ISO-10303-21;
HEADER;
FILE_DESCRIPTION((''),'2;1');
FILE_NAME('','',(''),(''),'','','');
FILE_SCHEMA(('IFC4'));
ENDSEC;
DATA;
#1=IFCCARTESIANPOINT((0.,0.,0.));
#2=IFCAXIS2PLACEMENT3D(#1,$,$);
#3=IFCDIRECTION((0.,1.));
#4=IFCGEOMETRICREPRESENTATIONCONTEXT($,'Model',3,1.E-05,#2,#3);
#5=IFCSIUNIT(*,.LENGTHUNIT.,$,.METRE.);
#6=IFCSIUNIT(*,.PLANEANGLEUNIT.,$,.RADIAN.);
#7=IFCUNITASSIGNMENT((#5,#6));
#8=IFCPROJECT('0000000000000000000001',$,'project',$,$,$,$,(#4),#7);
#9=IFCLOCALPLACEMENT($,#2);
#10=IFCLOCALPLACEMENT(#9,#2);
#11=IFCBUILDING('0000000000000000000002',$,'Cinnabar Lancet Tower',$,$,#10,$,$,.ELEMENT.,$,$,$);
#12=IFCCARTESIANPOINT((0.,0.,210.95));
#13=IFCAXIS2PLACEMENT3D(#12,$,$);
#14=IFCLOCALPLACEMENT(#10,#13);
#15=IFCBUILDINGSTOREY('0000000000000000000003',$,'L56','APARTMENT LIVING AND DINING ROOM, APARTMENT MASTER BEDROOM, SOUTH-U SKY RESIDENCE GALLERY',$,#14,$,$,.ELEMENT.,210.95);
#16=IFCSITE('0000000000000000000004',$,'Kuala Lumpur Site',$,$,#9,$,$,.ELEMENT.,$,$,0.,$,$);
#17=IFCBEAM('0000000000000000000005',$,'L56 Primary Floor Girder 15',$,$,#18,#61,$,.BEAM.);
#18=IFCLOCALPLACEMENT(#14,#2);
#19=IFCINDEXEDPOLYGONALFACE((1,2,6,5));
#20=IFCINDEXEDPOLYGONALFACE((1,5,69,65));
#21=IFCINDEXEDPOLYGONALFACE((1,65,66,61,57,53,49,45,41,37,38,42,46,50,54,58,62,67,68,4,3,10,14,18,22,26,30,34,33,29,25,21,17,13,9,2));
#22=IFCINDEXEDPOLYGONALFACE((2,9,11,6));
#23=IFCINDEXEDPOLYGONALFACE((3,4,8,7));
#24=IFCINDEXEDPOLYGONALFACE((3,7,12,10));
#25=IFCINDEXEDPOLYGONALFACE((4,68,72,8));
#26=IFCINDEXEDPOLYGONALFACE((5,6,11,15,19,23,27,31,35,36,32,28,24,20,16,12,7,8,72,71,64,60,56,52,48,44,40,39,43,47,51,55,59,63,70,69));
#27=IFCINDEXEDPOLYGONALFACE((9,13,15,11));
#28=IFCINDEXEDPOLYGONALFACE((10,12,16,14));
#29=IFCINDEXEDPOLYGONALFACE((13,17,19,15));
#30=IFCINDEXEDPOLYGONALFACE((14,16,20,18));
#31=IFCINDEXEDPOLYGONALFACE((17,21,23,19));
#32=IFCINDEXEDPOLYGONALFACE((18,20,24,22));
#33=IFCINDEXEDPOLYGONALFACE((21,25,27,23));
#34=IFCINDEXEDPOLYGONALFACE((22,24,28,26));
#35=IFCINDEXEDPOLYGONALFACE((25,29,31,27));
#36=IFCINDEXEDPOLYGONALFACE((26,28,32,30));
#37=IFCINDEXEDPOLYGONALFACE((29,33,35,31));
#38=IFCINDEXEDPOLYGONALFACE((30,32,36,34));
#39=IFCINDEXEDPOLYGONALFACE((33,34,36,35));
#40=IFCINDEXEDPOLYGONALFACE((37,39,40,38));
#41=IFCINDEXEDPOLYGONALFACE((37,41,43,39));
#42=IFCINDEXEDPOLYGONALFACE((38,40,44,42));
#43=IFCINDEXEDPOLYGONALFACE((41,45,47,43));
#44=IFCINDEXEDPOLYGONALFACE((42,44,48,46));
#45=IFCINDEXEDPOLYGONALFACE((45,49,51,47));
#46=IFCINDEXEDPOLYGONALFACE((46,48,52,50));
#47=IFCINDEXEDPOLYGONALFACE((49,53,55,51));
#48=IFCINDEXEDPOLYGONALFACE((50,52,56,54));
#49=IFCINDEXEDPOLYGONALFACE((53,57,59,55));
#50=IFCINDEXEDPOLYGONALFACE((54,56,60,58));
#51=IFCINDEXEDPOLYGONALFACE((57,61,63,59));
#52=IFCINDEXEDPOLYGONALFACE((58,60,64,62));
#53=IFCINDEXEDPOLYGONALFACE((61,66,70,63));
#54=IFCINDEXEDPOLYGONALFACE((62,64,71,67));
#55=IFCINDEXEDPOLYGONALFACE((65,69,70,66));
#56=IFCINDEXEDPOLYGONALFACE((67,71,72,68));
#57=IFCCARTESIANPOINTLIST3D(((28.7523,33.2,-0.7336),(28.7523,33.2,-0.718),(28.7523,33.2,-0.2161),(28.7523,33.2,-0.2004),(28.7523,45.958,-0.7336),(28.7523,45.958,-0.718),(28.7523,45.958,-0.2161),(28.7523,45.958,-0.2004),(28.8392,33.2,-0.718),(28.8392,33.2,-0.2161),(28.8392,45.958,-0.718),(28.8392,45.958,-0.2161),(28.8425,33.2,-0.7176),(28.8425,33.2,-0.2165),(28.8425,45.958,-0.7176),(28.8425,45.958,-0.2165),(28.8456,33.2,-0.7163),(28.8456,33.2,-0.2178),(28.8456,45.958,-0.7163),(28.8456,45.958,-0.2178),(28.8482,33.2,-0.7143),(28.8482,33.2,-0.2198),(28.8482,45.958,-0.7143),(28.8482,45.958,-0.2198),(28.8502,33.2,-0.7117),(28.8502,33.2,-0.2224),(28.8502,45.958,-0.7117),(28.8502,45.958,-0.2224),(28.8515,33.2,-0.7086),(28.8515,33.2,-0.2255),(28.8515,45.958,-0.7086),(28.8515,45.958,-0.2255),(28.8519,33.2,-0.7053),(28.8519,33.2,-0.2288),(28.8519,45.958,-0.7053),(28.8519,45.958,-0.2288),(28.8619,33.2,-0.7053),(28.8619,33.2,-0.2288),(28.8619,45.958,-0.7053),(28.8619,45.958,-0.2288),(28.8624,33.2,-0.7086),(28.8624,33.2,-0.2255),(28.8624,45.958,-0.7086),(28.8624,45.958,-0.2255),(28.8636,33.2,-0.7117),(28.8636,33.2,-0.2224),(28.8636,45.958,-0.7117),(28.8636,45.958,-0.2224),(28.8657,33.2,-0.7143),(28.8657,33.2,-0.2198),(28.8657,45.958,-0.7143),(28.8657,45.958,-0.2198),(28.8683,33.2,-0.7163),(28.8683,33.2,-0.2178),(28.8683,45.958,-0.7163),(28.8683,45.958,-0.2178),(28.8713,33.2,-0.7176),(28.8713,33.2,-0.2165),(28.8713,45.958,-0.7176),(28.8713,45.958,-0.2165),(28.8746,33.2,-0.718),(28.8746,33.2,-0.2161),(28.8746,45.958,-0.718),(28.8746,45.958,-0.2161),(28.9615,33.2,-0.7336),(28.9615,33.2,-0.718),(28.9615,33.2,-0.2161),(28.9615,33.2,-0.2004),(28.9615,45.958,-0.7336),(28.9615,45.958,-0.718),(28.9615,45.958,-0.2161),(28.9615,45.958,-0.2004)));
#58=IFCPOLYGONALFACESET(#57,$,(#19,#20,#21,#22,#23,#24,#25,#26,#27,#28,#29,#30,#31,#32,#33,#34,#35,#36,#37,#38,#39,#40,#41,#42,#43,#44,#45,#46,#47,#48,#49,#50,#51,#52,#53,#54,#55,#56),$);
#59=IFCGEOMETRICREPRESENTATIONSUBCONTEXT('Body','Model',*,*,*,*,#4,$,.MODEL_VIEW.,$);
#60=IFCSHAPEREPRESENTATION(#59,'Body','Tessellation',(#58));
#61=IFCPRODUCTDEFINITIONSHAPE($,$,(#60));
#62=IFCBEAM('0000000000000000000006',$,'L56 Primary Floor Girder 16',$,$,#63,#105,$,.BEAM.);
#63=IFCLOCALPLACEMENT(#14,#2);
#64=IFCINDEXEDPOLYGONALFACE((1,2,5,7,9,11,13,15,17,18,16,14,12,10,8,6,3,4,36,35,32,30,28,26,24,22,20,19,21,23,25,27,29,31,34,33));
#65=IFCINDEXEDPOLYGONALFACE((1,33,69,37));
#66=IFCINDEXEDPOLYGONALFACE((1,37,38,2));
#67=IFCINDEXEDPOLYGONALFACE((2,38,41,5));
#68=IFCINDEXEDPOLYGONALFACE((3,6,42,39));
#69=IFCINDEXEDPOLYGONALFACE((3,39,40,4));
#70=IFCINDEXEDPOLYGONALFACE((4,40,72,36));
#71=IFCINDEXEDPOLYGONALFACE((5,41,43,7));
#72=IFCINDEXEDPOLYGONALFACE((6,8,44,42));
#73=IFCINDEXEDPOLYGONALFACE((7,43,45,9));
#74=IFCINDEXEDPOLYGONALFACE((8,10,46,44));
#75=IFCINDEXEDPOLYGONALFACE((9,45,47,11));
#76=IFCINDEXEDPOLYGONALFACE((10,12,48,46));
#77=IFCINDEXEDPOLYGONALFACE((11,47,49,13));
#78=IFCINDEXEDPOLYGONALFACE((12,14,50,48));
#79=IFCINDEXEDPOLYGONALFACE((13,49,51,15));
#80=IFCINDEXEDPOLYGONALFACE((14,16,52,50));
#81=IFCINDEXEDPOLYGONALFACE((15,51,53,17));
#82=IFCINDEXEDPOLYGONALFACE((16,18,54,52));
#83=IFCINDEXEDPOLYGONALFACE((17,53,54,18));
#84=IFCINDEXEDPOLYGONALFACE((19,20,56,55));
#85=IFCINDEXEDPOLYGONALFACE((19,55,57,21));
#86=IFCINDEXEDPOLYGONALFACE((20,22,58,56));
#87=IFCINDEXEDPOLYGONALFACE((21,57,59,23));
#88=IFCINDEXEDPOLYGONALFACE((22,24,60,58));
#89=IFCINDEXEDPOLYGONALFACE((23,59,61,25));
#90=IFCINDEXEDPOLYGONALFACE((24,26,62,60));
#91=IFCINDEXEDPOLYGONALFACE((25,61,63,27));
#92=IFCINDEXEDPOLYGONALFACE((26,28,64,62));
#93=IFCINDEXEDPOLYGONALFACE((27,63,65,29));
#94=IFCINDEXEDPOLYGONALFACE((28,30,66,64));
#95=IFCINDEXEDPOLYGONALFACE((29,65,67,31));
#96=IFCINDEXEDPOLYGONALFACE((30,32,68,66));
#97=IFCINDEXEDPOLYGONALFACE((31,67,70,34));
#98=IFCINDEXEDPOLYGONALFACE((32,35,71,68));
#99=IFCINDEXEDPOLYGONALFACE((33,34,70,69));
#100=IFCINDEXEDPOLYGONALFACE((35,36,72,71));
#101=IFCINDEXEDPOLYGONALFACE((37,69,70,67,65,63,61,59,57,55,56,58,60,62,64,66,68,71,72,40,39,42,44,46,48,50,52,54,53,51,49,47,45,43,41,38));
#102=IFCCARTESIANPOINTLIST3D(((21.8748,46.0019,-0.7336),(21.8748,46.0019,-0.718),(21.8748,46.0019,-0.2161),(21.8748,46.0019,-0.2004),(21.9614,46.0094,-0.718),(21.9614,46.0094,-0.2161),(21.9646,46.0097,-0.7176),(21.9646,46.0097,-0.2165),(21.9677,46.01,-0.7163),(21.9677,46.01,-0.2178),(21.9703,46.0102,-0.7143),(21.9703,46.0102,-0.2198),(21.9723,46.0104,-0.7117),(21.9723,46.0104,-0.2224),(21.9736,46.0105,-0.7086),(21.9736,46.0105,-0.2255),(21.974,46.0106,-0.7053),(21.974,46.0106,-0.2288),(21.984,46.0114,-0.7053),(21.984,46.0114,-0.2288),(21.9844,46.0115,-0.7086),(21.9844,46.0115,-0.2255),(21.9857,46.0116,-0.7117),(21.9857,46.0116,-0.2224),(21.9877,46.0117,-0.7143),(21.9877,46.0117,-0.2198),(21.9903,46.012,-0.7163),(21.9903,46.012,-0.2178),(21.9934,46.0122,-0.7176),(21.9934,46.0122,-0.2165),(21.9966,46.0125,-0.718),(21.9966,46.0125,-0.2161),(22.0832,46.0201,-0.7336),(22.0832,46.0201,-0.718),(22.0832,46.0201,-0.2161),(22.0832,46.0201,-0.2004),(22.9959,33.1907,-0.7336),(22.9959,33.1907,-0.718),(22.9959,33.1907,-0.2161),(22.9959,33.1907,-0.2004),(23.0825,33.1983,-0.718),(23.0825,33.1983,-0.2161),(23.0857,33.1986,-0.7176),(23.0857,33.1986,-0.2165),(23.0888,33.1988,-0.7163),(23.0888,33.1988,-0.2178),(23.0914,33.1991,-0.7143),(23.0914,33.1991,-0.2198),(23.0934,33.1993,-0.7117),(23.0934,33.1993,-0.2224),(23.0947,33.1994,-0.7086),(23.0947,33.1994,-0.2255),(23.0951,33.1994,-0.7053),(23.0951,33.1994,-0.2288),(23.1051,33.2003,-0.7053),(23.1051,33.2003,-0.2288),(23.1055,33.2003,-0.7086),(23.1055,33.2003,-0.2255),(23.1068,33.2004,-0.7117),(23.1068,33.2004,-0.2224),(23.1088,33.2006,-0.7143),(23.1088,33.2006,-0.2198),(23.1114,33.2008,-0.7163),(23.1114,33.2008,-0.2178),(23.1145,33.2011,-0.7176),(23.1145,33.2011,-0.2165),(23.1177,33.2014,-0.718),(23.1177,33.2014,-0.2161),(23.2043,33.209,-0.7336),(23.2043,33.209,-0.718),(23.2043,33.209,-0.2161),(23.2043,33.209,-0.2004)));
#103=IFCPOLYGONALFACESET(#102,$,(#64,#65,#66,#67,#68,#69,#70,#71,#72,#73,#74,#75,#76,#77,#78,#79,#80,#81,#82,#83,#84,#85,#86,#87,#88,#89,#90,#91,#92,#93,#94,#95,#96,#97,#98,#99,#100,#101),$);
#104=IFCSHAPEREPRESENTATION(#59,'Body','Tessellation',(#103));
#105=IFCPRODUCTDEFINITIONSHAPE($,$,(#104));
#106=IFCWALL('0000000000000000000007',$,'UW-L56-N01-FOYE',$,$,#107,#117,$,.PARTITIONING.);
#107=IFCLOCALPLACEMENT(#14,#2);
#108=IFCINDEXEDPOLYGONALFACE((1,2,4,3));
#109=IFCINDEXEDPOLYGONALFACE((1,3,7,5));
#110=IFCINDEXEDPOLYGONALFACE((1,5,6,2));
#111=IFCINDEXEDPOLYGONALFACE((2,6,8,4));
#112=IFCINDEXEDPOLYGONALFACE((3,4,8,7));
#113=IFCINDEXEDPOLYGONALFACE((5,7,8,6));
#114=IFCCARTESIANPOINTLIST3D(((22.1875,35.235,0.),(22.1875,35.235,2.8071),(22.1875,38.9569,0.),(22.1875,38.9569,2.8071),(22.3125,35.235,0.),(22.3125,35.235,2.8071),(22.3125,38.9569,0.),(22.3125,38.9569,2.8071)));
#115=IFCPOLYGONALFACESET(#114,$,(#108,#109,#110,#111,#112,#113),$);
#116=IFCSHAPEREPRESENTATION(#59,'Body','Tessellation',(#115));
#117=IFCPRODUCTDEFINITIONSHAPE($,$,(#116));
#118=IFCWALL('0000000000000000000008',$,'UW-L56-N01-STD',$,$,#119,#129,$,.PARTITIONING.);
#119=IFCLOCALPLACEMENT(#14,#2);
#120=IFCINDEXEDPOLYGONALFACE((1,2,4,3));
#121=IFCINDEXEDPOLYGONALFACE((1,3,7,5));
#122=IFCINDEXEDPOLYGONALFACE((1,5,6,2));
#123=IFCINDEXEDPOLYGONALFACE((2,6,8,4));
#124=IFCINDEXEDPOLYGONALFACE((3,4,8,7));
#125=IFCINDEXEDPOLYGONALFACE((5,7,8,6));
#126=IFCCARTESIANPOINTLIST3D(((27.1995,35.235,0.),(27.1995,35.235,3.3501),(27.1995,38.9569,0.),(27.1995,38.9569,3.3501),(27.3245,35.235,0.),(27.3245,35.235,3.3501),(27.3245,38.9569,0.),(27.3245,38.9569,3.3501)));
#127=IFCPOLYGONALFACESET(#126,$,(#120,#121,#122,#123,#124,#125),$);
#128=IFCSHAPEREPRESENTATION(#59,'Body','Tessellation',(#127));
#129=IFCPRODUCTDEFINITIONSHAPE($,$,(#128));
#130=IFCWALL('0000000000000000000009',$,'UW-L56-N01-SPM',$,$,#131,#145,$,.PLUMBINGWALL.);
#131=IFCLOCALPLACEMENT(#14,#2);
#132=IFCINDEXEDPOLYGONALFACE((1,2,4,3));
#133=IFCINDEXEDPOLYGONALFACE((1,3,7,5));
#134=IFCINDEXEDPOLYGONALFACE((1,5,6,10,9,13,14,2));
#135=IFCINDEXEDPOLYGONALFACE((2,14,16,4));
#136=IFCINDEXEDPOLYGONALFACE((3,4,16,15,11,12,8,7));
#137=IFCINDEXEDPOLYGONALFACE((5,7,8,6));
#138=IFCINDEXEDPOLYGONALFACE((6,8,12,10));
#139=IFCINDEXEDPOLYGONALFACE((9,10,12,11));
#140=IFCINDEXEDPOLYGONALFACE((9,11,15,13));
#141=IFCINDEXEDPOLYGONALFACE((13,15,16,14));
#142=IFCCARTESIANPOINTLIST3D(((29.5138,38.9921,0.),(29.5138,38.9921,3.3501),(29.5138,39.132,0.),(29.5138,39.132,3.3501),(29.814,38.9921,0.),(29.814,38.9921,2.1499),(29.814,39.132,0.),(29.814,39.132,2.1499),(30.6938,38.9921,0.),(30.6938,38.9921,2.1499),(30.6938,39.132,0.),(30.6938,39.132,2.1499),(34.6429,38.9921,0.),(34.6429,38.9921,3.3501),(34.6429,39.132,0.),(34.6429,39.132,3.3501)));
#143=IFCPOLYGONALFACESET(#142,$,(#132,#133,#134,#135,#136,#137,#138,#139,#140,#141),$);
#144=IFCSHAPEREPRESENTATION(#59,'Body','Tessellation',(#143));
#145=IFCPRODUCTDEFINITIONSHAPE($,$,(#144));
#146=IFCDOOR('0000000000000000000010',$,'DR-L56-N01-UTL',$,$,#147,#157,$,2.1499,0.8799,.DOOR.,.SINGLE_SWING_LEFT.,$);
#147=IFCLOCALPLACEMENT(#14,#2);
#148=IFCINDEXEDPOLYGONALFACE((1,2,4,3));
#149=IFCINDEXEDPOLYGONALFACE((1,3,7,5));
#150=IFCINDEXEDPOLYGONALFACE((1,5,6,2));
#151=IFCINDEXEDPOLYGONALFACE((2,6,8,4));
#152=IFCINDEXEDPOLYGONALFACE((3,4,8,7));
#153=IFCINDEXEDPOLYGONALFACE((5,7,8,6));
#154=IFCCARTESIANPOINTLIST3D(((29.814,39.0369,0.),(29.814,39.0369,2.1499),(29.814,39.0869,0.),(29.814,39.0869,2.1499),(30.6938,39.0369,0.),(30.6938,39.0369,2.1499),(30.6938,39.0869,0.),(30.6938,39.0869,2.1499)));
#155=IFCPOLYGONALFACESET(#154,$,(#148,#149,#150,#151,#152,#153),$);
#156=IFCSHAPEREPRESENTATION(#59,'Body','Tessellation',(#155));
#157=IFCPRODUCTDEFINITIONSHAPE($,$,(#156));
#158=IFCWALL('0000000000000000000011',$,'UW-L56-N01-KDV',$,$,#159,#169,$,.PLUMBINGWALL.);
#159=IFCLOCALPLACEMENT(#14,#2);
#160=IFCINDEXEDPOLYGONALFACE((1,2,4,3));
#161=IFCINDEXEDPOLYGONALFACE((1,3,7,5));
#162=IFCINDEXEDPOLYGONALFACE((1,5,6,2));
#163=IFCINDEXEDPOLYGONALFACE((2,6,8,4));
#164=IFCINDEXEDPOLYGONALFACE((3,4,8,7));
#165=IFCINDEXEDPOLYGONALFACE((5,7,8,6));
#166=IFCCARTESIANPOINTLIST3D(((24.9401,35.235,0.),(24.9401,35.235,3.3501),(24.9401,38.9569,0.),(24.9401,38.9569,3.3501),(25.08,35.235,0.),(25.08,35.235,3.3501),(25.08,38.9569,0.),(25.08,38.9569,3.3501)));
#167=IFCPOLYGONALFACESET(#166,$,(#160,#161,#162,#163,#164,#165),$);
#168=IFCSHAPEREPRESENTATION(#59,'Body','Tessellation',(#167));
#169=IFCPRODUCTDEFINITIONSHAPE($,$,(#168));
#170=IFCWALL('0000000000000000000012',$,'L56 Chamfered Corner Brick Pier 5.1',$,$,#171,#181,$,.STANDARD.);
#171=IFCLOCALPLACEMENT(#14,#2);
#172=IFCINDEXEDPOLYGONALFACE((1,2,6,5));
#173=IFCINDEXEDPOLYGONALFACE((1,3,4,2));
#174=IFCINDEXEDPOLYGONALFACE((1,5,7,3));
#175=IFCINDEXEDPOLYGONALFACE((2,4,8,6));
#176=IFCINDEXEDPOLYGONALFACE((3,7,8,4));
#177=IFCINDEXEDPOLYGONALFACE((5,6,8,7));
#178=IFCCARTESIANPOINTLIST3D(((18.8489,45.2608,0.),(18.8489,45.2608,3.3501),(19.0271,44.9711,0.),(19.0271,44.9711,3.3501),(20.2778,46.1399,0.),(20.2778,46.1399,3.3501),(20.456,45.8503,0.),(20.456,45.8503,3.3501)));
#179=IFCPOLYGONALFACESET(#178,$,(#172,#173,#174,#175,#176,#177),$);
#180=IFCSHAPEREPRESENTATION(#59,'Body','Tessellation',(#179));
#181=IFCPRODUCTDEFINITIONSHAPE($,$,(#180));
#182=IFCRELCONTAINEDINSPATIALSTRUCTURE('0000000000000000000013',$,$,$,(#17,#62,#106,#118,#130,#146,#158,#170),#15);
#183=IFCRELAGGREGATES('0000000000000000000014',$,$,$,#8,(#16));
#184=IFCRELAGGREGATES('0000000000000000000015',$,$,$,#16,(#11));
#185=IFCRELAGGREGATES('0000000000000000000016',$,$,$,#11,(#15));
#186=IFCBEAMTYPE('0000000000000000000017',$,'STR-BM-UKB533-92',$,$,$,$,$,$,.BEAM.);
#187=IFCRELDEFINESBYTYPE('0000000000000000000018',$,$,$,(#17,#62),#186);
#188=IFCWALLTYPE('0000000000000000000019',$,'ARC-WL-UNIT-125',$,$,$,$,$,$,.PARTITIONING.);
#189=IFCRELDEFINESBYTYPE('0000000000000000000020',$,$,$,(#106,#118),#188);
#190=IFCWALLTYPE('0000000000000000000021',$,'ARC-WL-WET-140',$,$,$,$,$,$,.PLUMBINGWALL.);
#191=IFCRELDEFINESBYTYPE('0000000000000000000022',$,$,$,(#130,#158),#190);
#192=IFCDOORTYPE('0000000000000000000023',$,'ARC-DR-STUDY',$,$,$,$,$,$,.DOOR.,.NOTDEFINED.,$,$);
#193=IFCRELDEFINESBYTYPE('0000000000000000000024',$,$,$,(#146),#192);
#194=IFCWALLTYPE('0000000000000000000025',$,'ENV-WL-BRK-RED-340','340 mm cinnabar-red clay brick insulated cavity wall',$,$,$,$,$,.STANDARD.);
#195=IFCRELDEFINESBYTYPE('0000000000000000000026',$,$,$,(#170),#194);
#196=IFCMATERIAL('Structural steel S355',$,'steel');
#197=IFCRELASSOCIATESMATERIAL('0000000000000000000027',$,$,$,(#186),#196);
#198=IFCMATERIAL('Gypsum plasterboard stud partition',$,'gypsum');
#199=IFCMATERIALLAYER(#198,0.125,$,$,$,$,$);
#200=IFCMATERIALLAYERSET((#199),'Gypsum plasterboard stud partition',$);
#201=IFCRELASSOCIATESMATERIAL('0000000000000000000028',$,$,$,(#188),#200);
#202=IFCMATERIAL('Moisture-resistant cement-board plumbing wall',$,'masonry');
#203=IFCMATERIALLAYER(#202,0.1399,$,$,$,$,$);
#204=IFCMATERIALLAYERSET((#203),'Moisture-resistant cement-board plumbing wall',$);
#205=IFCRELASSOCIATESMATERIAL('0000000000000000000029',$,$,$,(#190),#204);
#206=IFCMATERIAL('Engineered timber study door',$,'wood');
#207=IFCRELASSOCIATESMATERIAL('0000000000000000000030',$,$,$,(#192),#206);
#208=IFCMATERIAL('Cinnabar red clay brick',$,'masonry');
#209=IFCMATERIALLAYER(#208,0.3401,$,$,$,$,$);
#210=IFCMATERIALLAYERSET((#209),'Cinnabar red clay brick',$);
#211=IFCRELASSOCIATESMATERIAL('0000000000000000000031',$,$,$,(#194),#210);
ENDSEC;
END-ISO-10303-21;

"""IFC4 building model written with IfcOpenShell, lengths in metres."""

from ifc_helpers import new_model, si_unit, direction, frame, frame_2d, origin, origin_2d, place, context, subcontext, project, spatial, rectangle, i_section, extrude, material, layer, layer_set, material_profile, profile_set, type_object, element, fill, save


model = new_model("IFC4")

# Units and contexts
model_context = context("Model", 3, precision=1e-05, world=origin(), true_north=direction((0.0, 1.0)))
body_context = subcontext(model_context, "Body", "Model", "MODEL_VIEW")
ifc_project = project(units=[si_unit("LENGTHUNIT", "METRE"), si_unit("PLANEANGLEUNIT", "RADIAN")], contexts=[model_context])

# Site, building, storey
site_placement = place(None, origin())
site = spatial("IfcSite", under=ifc_project, at=site_placement, Name="Kuala Lumpur Site", CompositionType="ELEMENT", RefElevation=0.0)
building_placement = place(site_placement, origin())
building = spatial("IfcBuilding", under=site, at=building_placement, Name="Cinnabar Lancet Tower", CompositionType="ELEMENT")
storey_placement = place(building_placement, frame((0.0, 0.0, 210.95)))
storey = spatial("IfcBuildingStorey", under=building, at=storey_placement, Name="L56", Description="APARTMENT LIVING AND DINING ROOM, APARTMENT MASTER BEDROOM, SOUTH-U SKY RESIDENCE GALLERY", CompositionType="ELEMENT", Elevation=210.95)

# Beams
ifc_material_1 = material(Name="Structural steel S355", Category="steel")
ifc_material_profile_1 = material_profile(ifc_material_1, i_section(OverallWidth=0.2092, OverallDepth=0.5332, WebThickness=0.01, FlangeThickness=0.0156, FilletRadius=0.0127, at=origin_2d()), Name="UKB 533x210x92")
ifc_profile_set_1 = profile_set([ifc_material_profile_1], Name="Structural steel S355")
beam_type_1 = type_object("IfcBeamType", Name="STR-BM-UKB533-92", PredefinedType="BEAM", material=ifc_profile_set_1)
beam_1_placement = place(storey_placement, frame((28.8569, 45.958, -0.467), z_axis=(0.0, -1.0, 0.0), x_axis=(1.0, 0.0, 0.0)))
element("IfcBeam", 1, at=beam_1_placement, inside=storey, type_object=beam_type_1, Name="L56 Primary Floor Girder 15", PredefinedType="BEAM", context=body_context, shape_type="SweptSolid", body=[
    extrude(i_section(OverallWidth=0.2092, OverallDepth=0.5332, WebThickness=0.01, FlangeThickness=0.0156, FilletRadius=0.0127, at=origin_2d()), origin(), (0.0, 0.0, 1.0), 12.7581),
])
beam_2_placement = place(storey_placement, frame((21.979, 46.011, -0.467), z_axis=(0.087177, -0.996193, 0.0), x_axis=(0.996193, 0.087177, 0.0)))
element("IfcBeam", 2, at=beam_2_placement, inside=storey, type_object=beam_type_1, Name="L56 Primary Floor Girder 16", PredefinedType="BEAM", context=body_context, shape_type="SweptSolid", body=[
    extrude(i_section(OverallWidth=0.2092, OverallDepth=0.5332, WebThickness=0.01, FlangeThickness=0.0156, FilletRadius=0.0127, at=origin_2d()), origin(), (0.0, 0.0, 1.0), 12.8601),
])

# Walls
ifc_material_2 = material(Name="Gypsum plasterboard stud partition", Category="gypsum")
ifc_layer_1 = layer(ifc_material_2, 0.125)
ifc_layer_set_1 = layer_set([ifc_layer_1], Name="Gypsum plasterboard stud partition")
wall_type_1 = type_object("IfcWallType", Name="ARC-WL-UNIT-125", PredefinedType="PARTITIONING", material=ifc_layer_set_1)
wall_1_placement = place(storey_placement, frame((22.25, 35.2351, 0.0), z_axis=(0.0, 0.0, 1.0), x_axis=(0.0, 1.0, 0.0)))
element("IfcWall", 3, at=wall_1_placement, inside=storey, type_object=wall_type_1, Name="UW-L56-N01-FOYE", PredefinedType="PARTITIONING", context=body_context, shape_type="SweptSolid", body=[
    extrude(rectangle(XDim=3.7219, YDim=0.125, at=frame_2d((1.8608, 0.0))), origin(), (0.0, 0.0, 1.0), 2.8071),
])
wall_2_placement = place(storey_placement, frame((27.262, 35.2351, 0.0), z_axis=(0.0, 0.0, 1.0), x_axis=(0.0, 1.0, 0.0)))
element("IfcWall", 4, at=wall_2_placement, inside=storey, type_object=wall_type_1, Name="UW-L56-N01-STD", PredefinedType="PARTITIONING", context=body_context, shape_type="SweptSolid", body=[
    extrude(rectangle(XDim=3.7219, YDim=0.125, at=frame_2d((1.8608, 0.0))), origin(), (0.0, 0.0, 1.0), 3.3501),
])

# Shared definitions
ifc_material_3 = material(Name="Moisture-resistant cement-board plumbing wall", Category="masonry")
ifc_layer_2 = layer(ifc_material_3, 0.1399)
ifc_layer_set_2 = layer_set([ifc_layer_2], Name="Moisture-resistant cement-board plumbing wall")
wall_type_2 = type_object("IfcWallType", Name="ARC-WL-WET-140", PredefinedType="PLUMBINGWALL", material=ifc_layer_set_2)
ifc_material_4 = material(Name="Engineered timber study door", Category="wood")
door_type_1 = type_object("IfcDoorType", Name="ARC-DR-STUDY", OperationType="NOTDEFINED", PredefinedType="DOOR", material=ifc_material_4)

# Wall, opening, door
wall_3_placement = place(storey_placement, frame((29.5139, 39.062, 0.0), z_axis=(0.0, 0.0, 1.0), x_axis=(1.0, 0.0, 0.0)))
wall_3 = element("IfcWall", 5, at=wall_3_placement, inside=storey, type_object=wall_type_2, Name="UW-L56-N01-SPM", PredefinedType="PLUMBINGWALL", context=body_context, shape_type="SweptSolid", body=[
    extrude(rectangle(XDim=5.1292, YDim=0.1399, at=frame_2d((2.5645, 0.0))), origin(), (0.0, 0.0, 1.0), 3.3501),
])
opening_1_placement = place(wall_3_placement, frame((0.3, 0.0, 0.0)))
opening_1 = element("IfcOpeningElement", 6, at=opening_1_placement, cuts=wall_3, PredefinedType="OPENING", context=body_context, shape_type="SweptSolid", body=[
    extrude(rectangle(XDim=0.8799, YDim=2.1499, at=frame_2d((0.4399, 1.075))), frame((0.0, 0.0798, 0.0), z_axis=(0.0, -1.0, 0.0), x_axis=(1.0, 0.0, 0.0)), (0.0, 0.0, 1.0), 0.1599),
])
door_1_placement = place(opening_1_placement, origin())
door_1 = element("IfcDoor", 7, at=door_1_placement, inside=storey, type_object=door_type_1, Name="DR-L56-N01-UTL", OperationType="SINGLE_SWING_LEFT", OverallHeight=2.1499, OverallWidth=0.8799, PredefinedType="DOOR", context=body_context, shape_type="SweptSolid", body=[
    extrude(rectangle(XDim=0.8799, YDim=2.1499, at=frame_2d((0.4399, 1.075))), frame((0.0, 0.0249, 0.0), z_axis=(0.0, -1.0, 0.0), x_axis=(1.0, 0.0, 0.0)), (0.0, 0.0, 1.0), 0.05),
])
fill(opening_1, door_1)

# Walls
wall_4_placement = place(storey_placement, frame((25.01, 35.2351, 0.0), z_axis=(0.0, 0.0, 1.0), x_axis=(0.0, 1.0, 0.0)))
element("IfcWall", 8, at=wall_4_placement, inside=storey, type_object=wall_type_2, Name="UW-L56-N01-KDV", PredefinedType="PLUMBINGWALL", context=body_context, shape_type="SweptSolid", body=[
    extrude(rectangle(XDim=3.7219, YDim=0.1399, at=frame_2d((1.8608, 0.0))), origin(), (0.0, 0.0, 1.0), 3.3501),
])
ifc_material_5 = material(Name="Cinnabar red clay brick", Category="masonry")
ifc_layer_3 = layer(ifc_material_5, 0.3401)
ifc_layer_set_3 = layer_set([ifc_layer_3], Name="Cinnabar red clay brick")
wall_type_3 = type_object("IfcWallType", Name="ENV-WL-BRK-RED-340", Description="340 mm cinnabar-red clay brick insulated cavity wall", PredefinedType="STANDARD", material=ifc_layer_set_3)
wall_5_placement = place(storey_placement, frame((20.3669, 45.9951, 0.0), z_axis=(0.0, 0.0, 1.0), x_axis=(-0.851713, -0.524008, 0.0)))
element("IfcWall", 9, at=wall_5_placement, inside=storey, type_object=wall_type_3, Name="L56 Chamfered Corner Brick Pier 5.1", PredefinedType="STANDARD", context=body_context, shape_type="SweptSolid", body=[
    extrude(rectangle(XDim=1.6777, YDim=0.3401, at=frame_2d((0.8389, 0.0))), origin(), (0.0, 0.0, 1.0), 3.3501),
])

save(model, "model.ifc")
